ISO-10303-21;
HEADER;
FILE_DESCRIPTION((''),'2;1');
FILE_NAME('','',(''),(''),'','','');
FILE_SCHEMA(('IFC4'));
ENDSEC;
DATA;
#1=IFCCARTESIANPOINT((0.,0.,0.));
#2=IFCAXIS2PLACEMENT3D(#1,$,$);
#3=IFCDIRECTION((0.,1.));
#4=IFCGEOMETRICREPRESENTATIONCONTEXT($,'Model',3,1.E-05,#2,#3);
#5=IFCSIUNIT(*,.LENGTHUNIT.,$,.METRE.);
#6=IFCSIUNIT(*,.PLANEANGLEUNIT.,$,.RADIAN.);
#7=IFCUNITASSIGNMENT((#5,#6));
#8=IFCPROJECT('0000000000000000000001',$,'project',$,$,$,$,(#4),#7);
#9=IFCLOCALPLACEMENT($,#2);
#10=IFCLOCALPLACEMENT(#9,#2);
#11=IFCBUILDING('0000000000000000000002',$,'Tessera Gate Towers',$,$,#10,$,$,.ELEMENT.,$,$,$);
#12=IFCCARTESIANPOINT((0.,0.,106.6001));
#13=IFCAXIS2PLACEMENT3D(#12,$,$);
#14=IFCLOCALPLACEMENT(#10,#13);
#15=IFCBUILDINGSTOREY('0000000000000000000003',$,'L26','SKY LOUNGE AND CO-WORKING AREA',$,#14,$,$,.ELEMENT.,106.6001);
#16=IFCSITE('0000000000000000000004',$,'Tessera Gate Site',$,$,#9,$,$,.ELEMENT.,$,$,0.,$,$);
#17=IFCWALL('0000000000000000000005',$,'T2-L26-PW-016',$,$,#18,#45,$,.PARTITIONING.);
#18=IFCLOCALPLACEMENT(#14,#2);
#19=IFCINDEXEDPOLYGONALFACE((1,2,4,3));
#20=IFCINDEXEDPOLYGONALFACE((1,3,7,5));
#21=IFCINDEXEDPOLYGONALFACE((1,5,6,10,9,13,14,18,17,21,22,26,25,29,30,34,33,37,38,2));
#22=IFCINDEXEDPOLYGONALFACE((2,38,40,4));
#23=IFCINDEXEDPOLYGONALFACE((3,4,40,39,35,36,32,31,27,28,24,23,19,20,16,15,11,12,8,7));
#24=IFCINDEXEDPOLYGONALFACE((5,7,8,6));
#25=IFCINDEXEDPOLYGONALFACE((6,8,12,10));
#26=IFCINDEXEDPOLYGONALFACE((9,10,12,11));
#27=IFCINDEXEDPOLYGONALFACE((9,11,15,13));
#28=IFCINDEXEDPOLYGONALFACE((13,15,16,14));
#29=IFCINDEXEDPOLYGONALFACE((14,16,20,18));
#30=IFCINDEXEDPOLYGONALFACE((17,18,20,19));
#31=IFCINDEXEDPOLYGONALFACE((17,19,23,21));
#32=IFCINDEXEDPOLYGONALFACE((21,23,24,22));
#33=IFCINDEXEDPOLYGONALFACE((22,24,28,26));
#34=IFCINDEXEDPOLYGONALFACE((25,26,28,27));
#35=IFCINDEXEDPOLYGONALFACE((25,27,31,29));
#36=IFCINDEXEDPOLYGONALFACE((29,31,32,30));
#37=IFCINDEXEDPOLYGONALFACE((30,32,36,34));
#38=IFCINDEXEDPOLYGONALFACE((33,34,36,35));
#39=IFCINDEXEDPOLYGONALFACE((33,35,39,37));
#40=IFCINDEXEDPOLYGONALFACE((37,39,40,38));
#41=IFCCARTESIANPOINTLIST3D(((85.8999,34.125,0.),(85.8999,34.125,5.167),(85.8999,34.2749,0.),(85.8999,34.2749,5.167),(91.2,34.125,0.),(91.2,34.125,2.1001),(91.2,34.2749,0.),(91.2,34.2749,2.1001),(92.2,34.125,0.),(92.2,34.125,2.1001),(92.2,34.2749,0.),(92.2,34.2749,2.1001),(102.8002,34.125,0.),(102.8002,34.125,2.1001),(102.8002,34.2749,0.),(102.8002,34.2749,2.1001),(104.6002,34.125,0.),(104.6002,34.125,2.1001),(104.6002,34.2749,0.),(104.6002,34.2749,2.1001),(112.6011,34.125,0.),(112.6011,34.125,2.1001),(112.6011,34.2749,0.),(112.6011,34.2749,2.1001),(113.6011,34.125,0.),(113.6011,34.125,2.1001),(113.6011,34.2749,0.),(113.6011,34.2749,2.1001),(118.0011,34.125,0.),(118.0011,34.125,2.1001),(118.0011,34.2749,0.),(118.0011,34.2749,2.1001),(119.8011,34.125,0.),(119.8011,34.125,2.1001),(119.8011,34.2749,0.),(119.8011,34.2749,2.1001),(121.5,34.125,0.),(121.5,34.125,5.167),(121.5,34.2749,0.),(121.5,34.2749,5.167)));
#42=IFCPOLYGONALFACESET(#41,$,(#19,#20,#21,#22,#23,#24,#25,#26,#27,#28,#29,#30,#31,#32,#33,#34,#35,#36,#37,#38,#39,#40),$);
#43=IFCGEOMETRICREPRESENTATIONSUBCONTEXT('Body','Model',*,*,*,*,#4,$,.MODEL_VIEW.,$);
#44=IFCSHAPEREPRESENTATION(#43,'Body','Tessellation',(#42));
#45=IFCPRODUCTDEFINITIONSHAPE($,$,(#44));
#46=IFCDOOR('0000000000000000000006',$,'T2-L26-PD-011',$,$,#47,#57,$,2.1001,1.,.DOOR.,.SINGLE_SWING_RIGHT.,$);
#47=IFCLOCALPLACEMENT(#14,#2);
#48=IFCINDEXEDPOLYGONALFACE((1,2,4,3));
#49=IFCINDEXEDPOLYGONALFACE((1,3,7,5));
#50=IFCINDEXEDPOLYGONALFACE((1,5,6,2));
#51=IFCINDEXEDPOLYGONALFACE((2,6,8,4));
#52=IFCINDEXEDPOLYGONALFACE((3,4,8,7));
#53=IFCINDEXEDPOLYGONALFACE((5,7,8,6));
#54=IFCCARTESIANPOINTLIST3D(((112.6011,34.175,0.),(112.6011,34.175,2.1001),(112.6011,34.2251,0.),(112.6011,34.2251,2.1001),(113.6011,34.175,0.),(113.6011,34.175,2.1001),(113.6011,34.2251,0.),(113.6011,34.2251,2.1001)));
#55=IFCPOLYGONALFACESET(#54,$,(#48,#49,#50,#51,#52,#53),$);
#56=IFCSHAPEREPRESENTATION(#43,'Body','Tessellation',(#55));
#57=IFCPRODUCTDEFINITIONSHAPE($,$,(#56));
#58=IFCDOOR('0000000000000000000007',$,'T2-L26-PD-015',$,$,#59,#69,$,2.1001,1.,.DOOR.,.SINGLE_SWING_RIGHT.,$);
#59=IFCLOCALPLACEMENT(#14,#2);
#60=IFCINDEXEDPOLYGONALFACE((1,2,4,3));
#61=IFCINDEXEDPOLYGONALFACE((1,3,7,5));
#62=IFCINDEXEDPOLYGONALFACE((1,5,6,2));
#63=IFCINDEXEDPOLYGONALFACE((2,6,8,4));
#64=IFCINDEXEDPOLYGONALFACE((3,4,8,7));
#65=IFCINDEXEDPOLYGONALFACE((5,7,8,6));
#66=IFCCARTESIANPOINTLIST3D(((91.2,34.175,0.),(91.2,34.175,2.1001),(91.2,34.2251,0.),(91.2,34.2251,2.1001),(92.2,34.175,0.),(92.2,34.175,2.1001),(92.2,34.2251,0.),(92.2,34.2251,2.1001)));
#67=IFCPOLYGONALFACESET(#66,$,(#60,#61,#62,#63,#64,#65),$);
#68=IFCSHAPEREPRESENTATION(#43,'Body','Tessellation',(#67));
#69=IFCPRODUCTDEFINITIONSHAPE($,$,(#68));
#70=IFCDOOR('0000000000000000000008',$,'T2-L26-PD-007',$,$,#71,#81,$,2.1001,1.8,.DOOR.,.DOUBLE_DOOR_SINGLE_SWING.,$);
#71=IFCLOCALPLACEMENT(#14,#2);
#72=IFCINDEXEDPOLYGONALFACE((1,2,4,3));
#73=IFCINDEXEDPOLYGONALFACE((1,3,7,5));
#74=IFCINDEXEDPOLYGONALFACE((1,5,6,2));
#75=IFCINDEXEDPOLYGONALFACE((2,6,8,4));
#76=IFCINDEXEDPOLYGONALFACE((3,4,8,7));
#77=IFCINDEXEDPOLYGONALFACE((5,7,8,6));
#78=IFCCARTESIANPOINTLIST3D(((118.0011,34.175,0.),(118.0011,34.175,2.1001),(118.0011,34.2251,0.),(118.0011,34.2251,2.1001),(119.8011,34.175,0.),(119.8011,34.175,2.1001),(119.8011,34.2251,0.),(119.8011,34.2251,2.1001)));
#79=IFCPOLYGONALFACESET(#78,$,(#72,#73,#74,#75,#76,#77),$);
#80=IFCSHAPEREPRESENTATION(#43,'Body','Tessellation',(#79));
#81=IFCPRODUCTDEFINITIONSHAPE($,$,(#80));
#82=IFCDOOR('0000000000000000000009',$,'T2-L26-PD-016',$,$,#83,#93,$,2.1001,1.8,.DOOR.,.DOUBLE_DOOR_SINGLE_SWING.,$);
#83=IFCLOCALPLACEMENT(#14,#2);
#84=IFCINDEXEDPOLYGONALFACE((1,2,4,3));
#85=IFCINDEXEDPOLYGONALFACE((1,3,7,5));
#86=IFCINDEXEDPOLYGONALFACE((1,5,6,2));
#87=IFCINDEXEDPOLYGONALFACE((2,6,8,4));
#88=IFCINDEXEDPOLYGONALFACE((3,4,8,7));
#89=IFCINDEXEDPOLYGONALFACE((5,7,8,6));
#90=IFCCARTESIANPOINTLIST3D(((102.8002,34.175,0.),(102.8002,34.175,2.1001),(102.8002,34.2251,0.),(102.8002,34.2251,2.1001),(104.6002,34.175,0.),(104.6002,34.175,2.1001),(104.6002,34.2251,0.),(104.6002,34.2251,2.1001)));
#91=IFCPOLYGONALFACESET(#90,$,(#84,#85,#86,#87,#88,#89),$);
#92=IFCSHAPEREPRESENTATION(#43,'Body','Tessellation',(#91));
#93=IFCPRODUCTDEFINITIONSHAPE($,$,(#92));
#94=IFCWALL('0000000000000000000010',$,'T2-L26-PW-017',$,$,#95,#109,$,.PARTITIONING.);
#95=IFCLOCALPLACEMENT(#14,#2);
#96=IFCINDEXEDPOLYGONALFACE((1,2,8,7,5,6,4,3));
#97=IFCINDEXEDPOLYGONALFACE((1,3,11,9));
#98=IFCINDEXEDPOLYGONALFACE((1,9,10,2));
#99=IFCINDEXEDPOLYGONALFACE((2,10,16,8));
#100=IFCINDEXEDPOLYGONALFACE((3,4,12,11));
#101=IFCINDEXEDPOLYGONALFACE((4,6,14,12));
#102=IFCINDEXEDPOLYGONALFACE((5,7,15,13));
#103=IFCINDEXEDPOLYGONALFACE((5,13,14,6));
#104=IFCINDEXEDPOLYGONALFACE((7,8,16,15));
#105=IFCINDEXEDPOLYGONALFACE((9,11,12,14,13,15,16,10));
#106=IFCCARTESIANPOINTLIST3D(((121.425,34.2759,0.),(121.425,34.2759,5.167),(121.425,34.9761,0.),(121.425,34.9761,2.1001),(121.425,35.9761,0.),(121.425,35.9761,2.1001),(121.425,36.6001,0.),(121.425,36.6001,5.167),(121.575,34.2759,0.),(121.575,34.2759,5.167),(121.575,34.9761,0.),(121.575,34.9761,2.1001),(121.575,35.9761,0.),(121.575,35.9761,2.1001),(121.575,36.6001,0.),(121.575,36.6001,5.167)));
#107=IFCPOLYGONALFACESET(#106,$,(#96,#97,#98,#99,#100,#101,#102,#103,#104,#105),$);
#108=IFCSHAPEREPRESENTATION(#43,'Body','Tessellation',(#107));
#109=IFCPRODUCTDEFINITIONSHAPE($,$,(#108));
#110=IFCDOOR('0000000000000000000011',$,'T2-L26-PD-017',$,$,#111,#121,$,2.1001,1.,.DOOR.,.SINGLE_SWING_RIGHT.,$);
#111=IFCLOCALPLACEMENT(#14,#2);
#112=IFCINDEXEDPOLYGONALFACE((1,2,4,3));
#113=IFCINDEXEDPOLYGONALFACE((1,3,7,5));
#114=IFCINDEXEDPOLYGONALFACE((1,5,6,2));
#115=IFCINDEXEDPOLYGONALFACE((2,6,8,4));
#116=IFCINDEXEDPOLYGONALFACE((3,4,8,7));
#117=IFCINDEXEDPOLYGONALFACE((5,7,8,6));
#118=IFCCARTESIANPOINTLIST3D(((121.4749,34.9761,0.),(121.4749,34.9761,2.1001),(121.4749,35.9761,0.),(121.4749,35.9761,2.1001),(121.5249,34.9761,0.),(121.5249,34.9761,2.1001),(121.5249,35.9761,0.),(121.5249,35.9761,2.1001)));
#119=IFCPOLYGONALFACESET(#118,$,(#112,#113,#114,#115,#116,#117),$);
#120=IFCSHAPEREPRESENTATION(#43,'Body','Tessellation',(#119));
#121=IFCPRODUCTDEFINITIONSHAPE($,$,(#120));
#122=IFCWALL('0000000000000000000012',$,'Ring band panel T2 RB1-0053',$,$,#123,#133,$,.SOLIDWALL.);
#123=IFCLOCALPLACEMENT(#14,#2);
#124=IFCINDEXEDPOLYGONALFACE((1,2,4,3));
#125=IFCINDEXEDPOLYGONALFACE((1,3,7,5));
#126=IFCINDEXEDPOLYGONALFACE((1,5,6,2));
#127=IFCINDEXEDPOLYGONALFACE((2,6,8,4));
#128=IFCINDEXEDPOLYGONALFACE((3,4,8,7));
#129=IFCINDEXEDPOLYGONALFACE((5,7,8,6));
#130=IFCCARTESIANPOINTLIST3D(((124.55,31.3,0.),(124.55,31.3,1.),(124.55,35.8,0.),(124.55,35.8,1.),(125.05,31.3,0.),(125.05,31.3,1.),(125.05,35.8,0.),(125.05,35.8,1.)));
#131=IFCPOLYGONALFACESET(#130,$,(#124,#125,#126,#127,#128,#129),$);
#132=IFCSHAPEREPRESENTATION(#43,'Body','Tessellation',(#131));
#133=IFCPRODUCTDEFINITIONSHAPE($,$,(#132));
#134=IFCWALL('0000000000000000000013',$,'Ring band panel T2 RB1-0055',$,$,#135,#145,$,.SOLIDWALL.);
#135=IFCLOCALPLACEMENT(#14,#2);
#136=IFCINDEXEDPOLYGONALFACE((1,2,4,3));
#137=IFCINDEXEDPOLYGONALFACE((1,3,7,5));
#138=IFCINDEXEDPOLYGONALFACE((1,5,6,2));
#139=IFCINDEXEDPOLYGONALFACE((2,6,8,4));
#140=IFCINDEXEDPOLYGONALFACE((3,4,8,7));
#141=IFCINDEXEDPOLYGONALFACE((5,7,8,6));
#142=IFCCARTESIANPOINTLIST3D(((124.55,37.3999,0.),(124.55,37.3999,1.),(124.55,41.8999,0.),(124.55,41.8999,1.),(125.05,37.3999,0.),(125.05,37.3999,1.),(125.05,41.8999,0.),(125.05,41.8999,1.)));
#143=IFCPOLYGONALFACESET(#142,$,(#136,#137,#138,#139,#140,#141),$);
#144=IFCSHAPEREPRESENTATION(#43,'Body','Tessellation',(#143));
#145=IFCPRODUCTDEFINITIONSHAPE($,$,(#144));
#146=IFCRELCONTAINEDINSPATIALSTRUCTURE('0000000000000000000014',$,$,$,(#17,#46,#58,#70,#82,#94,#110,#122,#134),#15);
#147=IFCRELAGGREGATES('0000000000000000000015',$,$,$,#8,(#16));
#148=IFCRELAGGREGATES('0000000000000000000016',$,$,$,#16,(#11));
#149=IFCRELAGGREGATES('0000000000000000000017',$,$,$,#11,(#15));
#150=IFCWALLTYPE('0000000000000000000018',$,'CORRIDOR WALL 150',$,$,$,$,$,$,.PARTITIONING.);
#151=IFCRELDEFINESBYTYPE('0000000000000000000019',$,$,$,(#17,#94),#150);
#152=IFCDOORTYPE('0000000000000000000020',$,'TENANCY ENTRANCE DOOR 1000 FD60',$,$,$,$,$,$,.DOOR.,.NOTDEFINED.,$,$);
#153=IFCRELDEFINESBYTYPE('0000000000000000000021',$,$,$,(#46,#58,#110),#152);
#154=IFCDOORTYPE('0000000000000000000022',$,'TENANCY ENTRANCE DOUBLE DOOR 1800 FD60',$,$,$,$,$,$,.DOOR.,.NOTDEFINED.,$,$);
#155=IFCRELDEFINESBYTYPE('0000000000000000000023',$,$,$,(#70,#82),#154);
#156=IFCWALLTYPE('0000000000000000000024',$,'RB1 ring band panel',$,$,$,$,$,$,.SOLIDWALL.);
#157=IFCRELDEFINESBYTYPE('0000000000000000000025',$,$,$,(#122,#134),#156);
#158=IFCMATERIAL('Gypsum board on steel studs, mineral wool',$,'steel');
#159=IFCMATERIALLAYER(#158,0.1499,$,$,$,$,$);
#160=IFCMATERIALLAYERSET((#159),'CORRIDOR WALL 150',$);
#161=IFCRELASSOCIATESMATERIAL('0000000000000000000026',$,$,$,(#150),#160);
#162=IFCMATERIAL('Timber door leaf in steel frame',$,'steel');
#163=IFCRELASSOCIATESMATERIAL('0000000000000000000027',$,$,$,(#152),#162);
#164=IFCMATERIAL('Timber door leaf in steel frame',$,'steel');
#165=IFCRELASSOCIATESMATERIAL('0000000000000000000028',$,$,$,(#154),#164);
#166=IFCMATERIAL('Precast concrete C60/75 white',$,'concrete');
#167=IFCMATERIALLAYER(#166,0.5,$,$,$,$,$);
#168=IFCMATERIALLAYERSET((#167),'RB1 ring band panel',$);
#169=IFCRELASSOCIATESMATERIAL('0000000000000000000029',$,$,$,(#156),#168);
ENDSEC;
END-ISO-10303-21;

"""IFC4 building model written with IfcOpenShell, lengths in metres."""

from ifc_helpers import new_model, si_unit, direction, frame, frame_2d, origin, place, context, subcontext, project, spatial, polyline, rectangle, outline, extrude, source, transform, mapped, material, layer, layer_set, type_object, element, fill, save


model = new_model("IFC4")

# Units and contexts
model_context = context("Model", 3, precision=1e-05, world=origin(), true_north=direction((0.0, 1.0)))
body_context = subcontext(model_context, "Body", "Model", "MODEL_VIEW")
ifc_project = project(units=[si_unit("LENGTHUNIT", "METRE"), si_unit("PLANEANGLEUNIT", "RADIAN")], contexts=[model_context])

# Site, building, storey
site_placement = place(None, origin())
site = spatial("IfcSite", under=ifc_project, at=site_placement, Name="Tessera Gate Site", CompositionType="ELEMENT", RefElevation=0.0)
building_placement = place(site_placement, origin())
building = spatial("IfcBuilding", under=site, at=building_placement, Name="Tessera Gate Towers", CompositionType="ELEMENT")
storey_placement = place(building_placement, frame((0.0, 0.0, 106.6001)))
storey = spatial("IfcBuildingStorey", under=building, at=storey_placement, Name="L26", Description="SKY LOUNGE AND CO-WORKING AREA", CompositionType="ELEMENT", Elevation=106.6001)

# Wall, openings, doors
ifc_material_1 = material(Name="Gypsum board on steel studs, mineral wool", Category="steel")
ifc_layer_1 = layer(ifc_material_1, 0.1499)
ifc_layer_set_1 = layer_set([ifc_layer_1], Name="CORRIDOR WALL 150")
wall_type_1 = type_object("IfcWallType", Name="CORRIDOR WALL 150", PredefinedType="PARTITIONING", material=ifc_layer_set_1)
wall_1_placement = place(storey_placement, frame((121.5, 34.2, 0.0), z_axis=(0.0, 0.0, 1.0), x_axis=(-1.0, 0.0, 0.0)))
wall_1 = element("IfcWall", 1, at=wall_1_placement, inside=storey, type_object=wall_type_1, Name="T2-L26-PW-016", PredefinedType="PARTITIONING", context=body_context, shape_type="SweptSolid", body=[
    extrude(rectangle(XDim=35.6001, YDim=0.1499, at=frame_2d((17.8, 0.0))), origin(), (0.0, 0.0, 1.0), 5.167),
])
shared_shape_1 = source(origin(), body_context, "Body", "SweptSolid", [
    extrude(rectangle(XDim=1.8, YDim=2.1001, at=frame_2d((0.8999, 1.05))), frame((0.0, 0.085, 0.0), z_axis=(0.0, -1.0, 0.0), x_axis=(1.0, 0.0, 0.0)), (0.0, 0.0, 1.0), 0.1699),
])
opening_1_placement = place(wall_1_placement, frame((1.699, 0.0, 0.0)))
opening_1 = element("IfcOpeningElement", 2, at=opening_1_placement, cuts=wall_1, PredefinedType="OPENING", context=body_context, shape_type="MappedRepresentation", body=[
    mapped(shared_shape_1, transform((0.0, 0.0, 0.0), scale=1.0)),
])
shared_shape_2 = source(origin(), body_context, "Body", "SweptSolid", [
    extrude(rectangle(XDim=1.0, YDim=2.1001, at=frame_2d((0.5, 1.05))), frame((0.0, 0.085, 0.0), z_axis=(0.0, -1.0, 0.0), x_axis=(1.0, 0.0, 0.0)), (0.0, 0.0, 1.0), 0.1699),
])
opening_2_placement = place(wall_1_placement, frame((7.8989, 0.0, 0.0)))
opening_2 = element("IfcOpeningElement", 3, at=opening_2_placement, cuts=wall_1, PredefinedType="OPENING", context=body_context, shape_type="MappedRepresentation", body=[
    mapped(shared_shape_2, transform((0.0, 0.0, 0.0), scale=1.0)),
])
opening_3_placement = place(wall_1_placement, frame((29.3, 0.0, 0.0)))
opening_3 = element("IfcOpeningElement", 4, at=opening_3_placement, cuts=wall_1, PredefinedType="OPENING", context=body_context, shape_type="MappedRepresentation", body=[
    mapped(shared_shape_2, transform((0.0, 0.0, 0.0), scale=1.0)),
])
opening_4_placement = place(wall_1_placement, frame((16.8999, 0.0, 0.0)))
opening_4 = element("IfcOpeningElement", 5, at=opening_4_placement, cuts=wall_1, PredefinedType="OPENING", context=body_context, shape_type="MappedRepresentation", body=[
    mapped(shared_shape_1, transform((0.0, 0.0, 0.0), scale=1.0)),
])
ifc_material_2 = material(Name="Timber door leaf in steel frame", Category="steel")
door_type_1 = type_object("IfcDoorType", Name="TENANCY ENTRANCE DOOR 1000 FD60", OperationType="NOTDEFINED", PredefinedType="DOOR", material=ifc_material_2)
shared_shape_3 = source(origin(), body_context, "Body", "SweptSolid", [
    extrude(rectangle(XDim=1.0, YDim=2.1001, at=frame_2d((0.5, 1.05))), frame((0.0, 0.0249, 0.0), z_axis=(0.0, -1.0, 0.0), x_axis=(1.0, 0.0, 0.0)), (0.0, 0.0, 1.0), 0.05),
])
door_1_placement = place(opening_2_placement, origin())
door_1 = element("IfcDoor", 6, at=door_1_placement, inside=storey, type_object=door_type_1, Name="T2-L26-PD-011", OperationType="SINGLE_SWING_RIGHT", OverallHeight=2.1001, OverallWidth=1.0, PredefinedType="DOOR", context=body_context, shape_type="MappedRepresentation", body=[
    mapped(shared_shape_3, transform((0.0, 0.0, 0.0), scale=1.0)),
])
fill(opening_2, door_1)
door_2_placement = place(opening_3_placement, origin())
door_2 = element("IfcDoor", 7, at=door_2_placement, inside=storey, type_object=door_type_1, Name="T2-L26-PD-015", OperationType="SINGLE_SWING_RIGHT", OverallHeight=2.1001, OverallWidth=1.0, PredefinedType="DOOR", context=body_context, shape_type="MappedRepresentation", body=[
    mapped(shared_shape_3, transform((0.0, 0.0, 0.0), scale=1.0)),
])
fill(opening_3, door_2)
ifc_material_3 = material(Name="Timber door leaf in steel frame", Category="steel")
door_type_2 = type_object("IfcDoorType", Name="TENANCY ENTRANCE DOUBLE DOOR 1800 FD60", OperationType="NOTDEFINED", PredefinedType="DOOR", material=ifc_material_3)
shared_shape_4 = source(origin(), body_context, "Body", "SweptSolid", [
    extrude(rectangle(XDim=1.8, YDim=2.1001, at=frame_2d((0.8999, 1.05))), frame((0.0, 0.0249, 0.0), z_axis=(0.0, -1.0, 0.0), x_axis=(1.0, 0.0, 0.0)), (0.0, 0.0, 1.0), 0.05),
])
door_3_placement = place(opening_1_placement, origin())
door_3 = element("IfcDoor", 8, at=door_3_placement, inside=storey, type_object=door_type_2, Name="T2-L26-PD-007", OperationType="DOUBLE_DOOR_SINGLE_SWING", OverallHeight=2.1001, OverallWidth=1.8, PredefinedType="DOOR", context=body_context, shape_type="MappedRepresentation", body=[
    mapped(shared_shape_4, transform((0.0, 0.0, 0.0), scale=1.0)),
])
fill(opening_1, door_3)
door_4_placement = place(opening_4_placement, origin())
door_4 = element("IfcDoor", 9, at=door_4_placement, inside=storey, type_object=door_type_2, Name="T2-L26-PD-016", OperationType="DOUBLE_DOOR_SINGLE_SWING", OverallHeight=2.1001, OverallWidth=1.8, PredefinedType="DOOR", context=body_context, shape_type="MappedRepresentation", body=[
    mapped(shared_shape_4, transform((0.0, 0.0, 0.0), scale=1.0)),
])
fill(opening_4, door_4)

# Wall, opening, door
wall_2_placement = place(storey_placement, frame((121.5, 36.6001, 0.0), z_axis=(0.0, 0.0, 1.0), x_axis=(0.0, -1.0, 0.0)))
wall_2 = element("IfcWall", 10, at=wall_2_placement, inside=storey, type_object=wall_type_1, Name="T2-L26-PW-017", PredefinedType="PARTITIONING", context=body_context, shape_type="SweptSolid", body=[
    extrude(rectangle(XDim=2.3242, YDim=0.1499, at=frame_2d((1.1621, 0.0))), origin(), (0.0, 0.0, 1.0), 5.167),
])
opening_5_placement = place(wall_2_placement, frame((0.624, 0.0, 0.0)))
opening_5 = element("IfcOpeningElement", 11, at=opening_5_placement, cuts=wall_2, PredefinedType="OPENING", context=body_context, shape_type="MappedRepresentation", body=[
    mapped(shared_shape_2, transform((0.0, 0.0, 0.0), scale=1.0)),
])
door_5_placement = place(opening_5_placement, origin())
door_5 = element("IfcDoor", 12, at=door_5_placement, inside=storey, type_object=door_type_1, Name="T2-L26-PD-017", OperationType="SINGLE_SWING_RIGHT", OverallHeight=2.1001, OverallWidth=1.0, PredefinedType="DOOR", context=body_context, shape_type="MappedRepresentation", body=[
    mapped(shared_shape_3, transform((0.0, 0.0, 0.0), scale=1.0)),
])
fill(opening_5, door_5)

# Walls
ifc_material_4 = material(Name="Precast concrete C60/75 white", Category="concrete")
ifc_layer_2 = layer(ifc_material_4, 0.5)
ifc_layer_set_2 = layer_set([ifc_layer_2], Name="RB1 ring band panel")
wall_type_2 = type_object("IfcWallType", Name="RB1 ring band panel", PredefinedType="SOLIDWALL", material=ifc_layer_set_2)
shared_shape_5 = source(origin(), body_context, "Body", "SweptSolid", [
    extrude(outline(polyline([(0.0, 0.0), (4.5, 0.0), (4.5, 1.0), (0.0, 1.0), (0.0, 0.0)])), frame((0.0, 0.25, 0.0), z_axis=(0.0, -1.0, 0.0), x_axis=(1.0, 0.0, 0.0)), (0.0, 0.0, 1.0), 0.5),
])
for number, where, z_axis, x_axis, name in (
    (13, (124.8, 31.3, 0.0), (0.0, 0.0, 1.0), (0.0, 1.0, 0.0), "Ring band panel T2 RB1-0053"),
    (14, (124.8, 37.3999, 0.0), (0.0, 0.0, 1.0), (0.0, 1.0, 0.0), "Ring band panel T2 RB1-0055"),
):
    element("IfcWall", number, at=place(storey_placement, frame(where, z_axis=z_axis, x_axis=x_axis)), inside=storey, type_object=wall_type_2, Name=name, PredefinedType="SOLIDWALL", context=body_context, shape_type="MappedRepresentation", body=[
        mapped(shared_shape_5, transform((0.0, 0.0, 0.0), scale=1.0)),
    ])

save(model, "model.ifc")
